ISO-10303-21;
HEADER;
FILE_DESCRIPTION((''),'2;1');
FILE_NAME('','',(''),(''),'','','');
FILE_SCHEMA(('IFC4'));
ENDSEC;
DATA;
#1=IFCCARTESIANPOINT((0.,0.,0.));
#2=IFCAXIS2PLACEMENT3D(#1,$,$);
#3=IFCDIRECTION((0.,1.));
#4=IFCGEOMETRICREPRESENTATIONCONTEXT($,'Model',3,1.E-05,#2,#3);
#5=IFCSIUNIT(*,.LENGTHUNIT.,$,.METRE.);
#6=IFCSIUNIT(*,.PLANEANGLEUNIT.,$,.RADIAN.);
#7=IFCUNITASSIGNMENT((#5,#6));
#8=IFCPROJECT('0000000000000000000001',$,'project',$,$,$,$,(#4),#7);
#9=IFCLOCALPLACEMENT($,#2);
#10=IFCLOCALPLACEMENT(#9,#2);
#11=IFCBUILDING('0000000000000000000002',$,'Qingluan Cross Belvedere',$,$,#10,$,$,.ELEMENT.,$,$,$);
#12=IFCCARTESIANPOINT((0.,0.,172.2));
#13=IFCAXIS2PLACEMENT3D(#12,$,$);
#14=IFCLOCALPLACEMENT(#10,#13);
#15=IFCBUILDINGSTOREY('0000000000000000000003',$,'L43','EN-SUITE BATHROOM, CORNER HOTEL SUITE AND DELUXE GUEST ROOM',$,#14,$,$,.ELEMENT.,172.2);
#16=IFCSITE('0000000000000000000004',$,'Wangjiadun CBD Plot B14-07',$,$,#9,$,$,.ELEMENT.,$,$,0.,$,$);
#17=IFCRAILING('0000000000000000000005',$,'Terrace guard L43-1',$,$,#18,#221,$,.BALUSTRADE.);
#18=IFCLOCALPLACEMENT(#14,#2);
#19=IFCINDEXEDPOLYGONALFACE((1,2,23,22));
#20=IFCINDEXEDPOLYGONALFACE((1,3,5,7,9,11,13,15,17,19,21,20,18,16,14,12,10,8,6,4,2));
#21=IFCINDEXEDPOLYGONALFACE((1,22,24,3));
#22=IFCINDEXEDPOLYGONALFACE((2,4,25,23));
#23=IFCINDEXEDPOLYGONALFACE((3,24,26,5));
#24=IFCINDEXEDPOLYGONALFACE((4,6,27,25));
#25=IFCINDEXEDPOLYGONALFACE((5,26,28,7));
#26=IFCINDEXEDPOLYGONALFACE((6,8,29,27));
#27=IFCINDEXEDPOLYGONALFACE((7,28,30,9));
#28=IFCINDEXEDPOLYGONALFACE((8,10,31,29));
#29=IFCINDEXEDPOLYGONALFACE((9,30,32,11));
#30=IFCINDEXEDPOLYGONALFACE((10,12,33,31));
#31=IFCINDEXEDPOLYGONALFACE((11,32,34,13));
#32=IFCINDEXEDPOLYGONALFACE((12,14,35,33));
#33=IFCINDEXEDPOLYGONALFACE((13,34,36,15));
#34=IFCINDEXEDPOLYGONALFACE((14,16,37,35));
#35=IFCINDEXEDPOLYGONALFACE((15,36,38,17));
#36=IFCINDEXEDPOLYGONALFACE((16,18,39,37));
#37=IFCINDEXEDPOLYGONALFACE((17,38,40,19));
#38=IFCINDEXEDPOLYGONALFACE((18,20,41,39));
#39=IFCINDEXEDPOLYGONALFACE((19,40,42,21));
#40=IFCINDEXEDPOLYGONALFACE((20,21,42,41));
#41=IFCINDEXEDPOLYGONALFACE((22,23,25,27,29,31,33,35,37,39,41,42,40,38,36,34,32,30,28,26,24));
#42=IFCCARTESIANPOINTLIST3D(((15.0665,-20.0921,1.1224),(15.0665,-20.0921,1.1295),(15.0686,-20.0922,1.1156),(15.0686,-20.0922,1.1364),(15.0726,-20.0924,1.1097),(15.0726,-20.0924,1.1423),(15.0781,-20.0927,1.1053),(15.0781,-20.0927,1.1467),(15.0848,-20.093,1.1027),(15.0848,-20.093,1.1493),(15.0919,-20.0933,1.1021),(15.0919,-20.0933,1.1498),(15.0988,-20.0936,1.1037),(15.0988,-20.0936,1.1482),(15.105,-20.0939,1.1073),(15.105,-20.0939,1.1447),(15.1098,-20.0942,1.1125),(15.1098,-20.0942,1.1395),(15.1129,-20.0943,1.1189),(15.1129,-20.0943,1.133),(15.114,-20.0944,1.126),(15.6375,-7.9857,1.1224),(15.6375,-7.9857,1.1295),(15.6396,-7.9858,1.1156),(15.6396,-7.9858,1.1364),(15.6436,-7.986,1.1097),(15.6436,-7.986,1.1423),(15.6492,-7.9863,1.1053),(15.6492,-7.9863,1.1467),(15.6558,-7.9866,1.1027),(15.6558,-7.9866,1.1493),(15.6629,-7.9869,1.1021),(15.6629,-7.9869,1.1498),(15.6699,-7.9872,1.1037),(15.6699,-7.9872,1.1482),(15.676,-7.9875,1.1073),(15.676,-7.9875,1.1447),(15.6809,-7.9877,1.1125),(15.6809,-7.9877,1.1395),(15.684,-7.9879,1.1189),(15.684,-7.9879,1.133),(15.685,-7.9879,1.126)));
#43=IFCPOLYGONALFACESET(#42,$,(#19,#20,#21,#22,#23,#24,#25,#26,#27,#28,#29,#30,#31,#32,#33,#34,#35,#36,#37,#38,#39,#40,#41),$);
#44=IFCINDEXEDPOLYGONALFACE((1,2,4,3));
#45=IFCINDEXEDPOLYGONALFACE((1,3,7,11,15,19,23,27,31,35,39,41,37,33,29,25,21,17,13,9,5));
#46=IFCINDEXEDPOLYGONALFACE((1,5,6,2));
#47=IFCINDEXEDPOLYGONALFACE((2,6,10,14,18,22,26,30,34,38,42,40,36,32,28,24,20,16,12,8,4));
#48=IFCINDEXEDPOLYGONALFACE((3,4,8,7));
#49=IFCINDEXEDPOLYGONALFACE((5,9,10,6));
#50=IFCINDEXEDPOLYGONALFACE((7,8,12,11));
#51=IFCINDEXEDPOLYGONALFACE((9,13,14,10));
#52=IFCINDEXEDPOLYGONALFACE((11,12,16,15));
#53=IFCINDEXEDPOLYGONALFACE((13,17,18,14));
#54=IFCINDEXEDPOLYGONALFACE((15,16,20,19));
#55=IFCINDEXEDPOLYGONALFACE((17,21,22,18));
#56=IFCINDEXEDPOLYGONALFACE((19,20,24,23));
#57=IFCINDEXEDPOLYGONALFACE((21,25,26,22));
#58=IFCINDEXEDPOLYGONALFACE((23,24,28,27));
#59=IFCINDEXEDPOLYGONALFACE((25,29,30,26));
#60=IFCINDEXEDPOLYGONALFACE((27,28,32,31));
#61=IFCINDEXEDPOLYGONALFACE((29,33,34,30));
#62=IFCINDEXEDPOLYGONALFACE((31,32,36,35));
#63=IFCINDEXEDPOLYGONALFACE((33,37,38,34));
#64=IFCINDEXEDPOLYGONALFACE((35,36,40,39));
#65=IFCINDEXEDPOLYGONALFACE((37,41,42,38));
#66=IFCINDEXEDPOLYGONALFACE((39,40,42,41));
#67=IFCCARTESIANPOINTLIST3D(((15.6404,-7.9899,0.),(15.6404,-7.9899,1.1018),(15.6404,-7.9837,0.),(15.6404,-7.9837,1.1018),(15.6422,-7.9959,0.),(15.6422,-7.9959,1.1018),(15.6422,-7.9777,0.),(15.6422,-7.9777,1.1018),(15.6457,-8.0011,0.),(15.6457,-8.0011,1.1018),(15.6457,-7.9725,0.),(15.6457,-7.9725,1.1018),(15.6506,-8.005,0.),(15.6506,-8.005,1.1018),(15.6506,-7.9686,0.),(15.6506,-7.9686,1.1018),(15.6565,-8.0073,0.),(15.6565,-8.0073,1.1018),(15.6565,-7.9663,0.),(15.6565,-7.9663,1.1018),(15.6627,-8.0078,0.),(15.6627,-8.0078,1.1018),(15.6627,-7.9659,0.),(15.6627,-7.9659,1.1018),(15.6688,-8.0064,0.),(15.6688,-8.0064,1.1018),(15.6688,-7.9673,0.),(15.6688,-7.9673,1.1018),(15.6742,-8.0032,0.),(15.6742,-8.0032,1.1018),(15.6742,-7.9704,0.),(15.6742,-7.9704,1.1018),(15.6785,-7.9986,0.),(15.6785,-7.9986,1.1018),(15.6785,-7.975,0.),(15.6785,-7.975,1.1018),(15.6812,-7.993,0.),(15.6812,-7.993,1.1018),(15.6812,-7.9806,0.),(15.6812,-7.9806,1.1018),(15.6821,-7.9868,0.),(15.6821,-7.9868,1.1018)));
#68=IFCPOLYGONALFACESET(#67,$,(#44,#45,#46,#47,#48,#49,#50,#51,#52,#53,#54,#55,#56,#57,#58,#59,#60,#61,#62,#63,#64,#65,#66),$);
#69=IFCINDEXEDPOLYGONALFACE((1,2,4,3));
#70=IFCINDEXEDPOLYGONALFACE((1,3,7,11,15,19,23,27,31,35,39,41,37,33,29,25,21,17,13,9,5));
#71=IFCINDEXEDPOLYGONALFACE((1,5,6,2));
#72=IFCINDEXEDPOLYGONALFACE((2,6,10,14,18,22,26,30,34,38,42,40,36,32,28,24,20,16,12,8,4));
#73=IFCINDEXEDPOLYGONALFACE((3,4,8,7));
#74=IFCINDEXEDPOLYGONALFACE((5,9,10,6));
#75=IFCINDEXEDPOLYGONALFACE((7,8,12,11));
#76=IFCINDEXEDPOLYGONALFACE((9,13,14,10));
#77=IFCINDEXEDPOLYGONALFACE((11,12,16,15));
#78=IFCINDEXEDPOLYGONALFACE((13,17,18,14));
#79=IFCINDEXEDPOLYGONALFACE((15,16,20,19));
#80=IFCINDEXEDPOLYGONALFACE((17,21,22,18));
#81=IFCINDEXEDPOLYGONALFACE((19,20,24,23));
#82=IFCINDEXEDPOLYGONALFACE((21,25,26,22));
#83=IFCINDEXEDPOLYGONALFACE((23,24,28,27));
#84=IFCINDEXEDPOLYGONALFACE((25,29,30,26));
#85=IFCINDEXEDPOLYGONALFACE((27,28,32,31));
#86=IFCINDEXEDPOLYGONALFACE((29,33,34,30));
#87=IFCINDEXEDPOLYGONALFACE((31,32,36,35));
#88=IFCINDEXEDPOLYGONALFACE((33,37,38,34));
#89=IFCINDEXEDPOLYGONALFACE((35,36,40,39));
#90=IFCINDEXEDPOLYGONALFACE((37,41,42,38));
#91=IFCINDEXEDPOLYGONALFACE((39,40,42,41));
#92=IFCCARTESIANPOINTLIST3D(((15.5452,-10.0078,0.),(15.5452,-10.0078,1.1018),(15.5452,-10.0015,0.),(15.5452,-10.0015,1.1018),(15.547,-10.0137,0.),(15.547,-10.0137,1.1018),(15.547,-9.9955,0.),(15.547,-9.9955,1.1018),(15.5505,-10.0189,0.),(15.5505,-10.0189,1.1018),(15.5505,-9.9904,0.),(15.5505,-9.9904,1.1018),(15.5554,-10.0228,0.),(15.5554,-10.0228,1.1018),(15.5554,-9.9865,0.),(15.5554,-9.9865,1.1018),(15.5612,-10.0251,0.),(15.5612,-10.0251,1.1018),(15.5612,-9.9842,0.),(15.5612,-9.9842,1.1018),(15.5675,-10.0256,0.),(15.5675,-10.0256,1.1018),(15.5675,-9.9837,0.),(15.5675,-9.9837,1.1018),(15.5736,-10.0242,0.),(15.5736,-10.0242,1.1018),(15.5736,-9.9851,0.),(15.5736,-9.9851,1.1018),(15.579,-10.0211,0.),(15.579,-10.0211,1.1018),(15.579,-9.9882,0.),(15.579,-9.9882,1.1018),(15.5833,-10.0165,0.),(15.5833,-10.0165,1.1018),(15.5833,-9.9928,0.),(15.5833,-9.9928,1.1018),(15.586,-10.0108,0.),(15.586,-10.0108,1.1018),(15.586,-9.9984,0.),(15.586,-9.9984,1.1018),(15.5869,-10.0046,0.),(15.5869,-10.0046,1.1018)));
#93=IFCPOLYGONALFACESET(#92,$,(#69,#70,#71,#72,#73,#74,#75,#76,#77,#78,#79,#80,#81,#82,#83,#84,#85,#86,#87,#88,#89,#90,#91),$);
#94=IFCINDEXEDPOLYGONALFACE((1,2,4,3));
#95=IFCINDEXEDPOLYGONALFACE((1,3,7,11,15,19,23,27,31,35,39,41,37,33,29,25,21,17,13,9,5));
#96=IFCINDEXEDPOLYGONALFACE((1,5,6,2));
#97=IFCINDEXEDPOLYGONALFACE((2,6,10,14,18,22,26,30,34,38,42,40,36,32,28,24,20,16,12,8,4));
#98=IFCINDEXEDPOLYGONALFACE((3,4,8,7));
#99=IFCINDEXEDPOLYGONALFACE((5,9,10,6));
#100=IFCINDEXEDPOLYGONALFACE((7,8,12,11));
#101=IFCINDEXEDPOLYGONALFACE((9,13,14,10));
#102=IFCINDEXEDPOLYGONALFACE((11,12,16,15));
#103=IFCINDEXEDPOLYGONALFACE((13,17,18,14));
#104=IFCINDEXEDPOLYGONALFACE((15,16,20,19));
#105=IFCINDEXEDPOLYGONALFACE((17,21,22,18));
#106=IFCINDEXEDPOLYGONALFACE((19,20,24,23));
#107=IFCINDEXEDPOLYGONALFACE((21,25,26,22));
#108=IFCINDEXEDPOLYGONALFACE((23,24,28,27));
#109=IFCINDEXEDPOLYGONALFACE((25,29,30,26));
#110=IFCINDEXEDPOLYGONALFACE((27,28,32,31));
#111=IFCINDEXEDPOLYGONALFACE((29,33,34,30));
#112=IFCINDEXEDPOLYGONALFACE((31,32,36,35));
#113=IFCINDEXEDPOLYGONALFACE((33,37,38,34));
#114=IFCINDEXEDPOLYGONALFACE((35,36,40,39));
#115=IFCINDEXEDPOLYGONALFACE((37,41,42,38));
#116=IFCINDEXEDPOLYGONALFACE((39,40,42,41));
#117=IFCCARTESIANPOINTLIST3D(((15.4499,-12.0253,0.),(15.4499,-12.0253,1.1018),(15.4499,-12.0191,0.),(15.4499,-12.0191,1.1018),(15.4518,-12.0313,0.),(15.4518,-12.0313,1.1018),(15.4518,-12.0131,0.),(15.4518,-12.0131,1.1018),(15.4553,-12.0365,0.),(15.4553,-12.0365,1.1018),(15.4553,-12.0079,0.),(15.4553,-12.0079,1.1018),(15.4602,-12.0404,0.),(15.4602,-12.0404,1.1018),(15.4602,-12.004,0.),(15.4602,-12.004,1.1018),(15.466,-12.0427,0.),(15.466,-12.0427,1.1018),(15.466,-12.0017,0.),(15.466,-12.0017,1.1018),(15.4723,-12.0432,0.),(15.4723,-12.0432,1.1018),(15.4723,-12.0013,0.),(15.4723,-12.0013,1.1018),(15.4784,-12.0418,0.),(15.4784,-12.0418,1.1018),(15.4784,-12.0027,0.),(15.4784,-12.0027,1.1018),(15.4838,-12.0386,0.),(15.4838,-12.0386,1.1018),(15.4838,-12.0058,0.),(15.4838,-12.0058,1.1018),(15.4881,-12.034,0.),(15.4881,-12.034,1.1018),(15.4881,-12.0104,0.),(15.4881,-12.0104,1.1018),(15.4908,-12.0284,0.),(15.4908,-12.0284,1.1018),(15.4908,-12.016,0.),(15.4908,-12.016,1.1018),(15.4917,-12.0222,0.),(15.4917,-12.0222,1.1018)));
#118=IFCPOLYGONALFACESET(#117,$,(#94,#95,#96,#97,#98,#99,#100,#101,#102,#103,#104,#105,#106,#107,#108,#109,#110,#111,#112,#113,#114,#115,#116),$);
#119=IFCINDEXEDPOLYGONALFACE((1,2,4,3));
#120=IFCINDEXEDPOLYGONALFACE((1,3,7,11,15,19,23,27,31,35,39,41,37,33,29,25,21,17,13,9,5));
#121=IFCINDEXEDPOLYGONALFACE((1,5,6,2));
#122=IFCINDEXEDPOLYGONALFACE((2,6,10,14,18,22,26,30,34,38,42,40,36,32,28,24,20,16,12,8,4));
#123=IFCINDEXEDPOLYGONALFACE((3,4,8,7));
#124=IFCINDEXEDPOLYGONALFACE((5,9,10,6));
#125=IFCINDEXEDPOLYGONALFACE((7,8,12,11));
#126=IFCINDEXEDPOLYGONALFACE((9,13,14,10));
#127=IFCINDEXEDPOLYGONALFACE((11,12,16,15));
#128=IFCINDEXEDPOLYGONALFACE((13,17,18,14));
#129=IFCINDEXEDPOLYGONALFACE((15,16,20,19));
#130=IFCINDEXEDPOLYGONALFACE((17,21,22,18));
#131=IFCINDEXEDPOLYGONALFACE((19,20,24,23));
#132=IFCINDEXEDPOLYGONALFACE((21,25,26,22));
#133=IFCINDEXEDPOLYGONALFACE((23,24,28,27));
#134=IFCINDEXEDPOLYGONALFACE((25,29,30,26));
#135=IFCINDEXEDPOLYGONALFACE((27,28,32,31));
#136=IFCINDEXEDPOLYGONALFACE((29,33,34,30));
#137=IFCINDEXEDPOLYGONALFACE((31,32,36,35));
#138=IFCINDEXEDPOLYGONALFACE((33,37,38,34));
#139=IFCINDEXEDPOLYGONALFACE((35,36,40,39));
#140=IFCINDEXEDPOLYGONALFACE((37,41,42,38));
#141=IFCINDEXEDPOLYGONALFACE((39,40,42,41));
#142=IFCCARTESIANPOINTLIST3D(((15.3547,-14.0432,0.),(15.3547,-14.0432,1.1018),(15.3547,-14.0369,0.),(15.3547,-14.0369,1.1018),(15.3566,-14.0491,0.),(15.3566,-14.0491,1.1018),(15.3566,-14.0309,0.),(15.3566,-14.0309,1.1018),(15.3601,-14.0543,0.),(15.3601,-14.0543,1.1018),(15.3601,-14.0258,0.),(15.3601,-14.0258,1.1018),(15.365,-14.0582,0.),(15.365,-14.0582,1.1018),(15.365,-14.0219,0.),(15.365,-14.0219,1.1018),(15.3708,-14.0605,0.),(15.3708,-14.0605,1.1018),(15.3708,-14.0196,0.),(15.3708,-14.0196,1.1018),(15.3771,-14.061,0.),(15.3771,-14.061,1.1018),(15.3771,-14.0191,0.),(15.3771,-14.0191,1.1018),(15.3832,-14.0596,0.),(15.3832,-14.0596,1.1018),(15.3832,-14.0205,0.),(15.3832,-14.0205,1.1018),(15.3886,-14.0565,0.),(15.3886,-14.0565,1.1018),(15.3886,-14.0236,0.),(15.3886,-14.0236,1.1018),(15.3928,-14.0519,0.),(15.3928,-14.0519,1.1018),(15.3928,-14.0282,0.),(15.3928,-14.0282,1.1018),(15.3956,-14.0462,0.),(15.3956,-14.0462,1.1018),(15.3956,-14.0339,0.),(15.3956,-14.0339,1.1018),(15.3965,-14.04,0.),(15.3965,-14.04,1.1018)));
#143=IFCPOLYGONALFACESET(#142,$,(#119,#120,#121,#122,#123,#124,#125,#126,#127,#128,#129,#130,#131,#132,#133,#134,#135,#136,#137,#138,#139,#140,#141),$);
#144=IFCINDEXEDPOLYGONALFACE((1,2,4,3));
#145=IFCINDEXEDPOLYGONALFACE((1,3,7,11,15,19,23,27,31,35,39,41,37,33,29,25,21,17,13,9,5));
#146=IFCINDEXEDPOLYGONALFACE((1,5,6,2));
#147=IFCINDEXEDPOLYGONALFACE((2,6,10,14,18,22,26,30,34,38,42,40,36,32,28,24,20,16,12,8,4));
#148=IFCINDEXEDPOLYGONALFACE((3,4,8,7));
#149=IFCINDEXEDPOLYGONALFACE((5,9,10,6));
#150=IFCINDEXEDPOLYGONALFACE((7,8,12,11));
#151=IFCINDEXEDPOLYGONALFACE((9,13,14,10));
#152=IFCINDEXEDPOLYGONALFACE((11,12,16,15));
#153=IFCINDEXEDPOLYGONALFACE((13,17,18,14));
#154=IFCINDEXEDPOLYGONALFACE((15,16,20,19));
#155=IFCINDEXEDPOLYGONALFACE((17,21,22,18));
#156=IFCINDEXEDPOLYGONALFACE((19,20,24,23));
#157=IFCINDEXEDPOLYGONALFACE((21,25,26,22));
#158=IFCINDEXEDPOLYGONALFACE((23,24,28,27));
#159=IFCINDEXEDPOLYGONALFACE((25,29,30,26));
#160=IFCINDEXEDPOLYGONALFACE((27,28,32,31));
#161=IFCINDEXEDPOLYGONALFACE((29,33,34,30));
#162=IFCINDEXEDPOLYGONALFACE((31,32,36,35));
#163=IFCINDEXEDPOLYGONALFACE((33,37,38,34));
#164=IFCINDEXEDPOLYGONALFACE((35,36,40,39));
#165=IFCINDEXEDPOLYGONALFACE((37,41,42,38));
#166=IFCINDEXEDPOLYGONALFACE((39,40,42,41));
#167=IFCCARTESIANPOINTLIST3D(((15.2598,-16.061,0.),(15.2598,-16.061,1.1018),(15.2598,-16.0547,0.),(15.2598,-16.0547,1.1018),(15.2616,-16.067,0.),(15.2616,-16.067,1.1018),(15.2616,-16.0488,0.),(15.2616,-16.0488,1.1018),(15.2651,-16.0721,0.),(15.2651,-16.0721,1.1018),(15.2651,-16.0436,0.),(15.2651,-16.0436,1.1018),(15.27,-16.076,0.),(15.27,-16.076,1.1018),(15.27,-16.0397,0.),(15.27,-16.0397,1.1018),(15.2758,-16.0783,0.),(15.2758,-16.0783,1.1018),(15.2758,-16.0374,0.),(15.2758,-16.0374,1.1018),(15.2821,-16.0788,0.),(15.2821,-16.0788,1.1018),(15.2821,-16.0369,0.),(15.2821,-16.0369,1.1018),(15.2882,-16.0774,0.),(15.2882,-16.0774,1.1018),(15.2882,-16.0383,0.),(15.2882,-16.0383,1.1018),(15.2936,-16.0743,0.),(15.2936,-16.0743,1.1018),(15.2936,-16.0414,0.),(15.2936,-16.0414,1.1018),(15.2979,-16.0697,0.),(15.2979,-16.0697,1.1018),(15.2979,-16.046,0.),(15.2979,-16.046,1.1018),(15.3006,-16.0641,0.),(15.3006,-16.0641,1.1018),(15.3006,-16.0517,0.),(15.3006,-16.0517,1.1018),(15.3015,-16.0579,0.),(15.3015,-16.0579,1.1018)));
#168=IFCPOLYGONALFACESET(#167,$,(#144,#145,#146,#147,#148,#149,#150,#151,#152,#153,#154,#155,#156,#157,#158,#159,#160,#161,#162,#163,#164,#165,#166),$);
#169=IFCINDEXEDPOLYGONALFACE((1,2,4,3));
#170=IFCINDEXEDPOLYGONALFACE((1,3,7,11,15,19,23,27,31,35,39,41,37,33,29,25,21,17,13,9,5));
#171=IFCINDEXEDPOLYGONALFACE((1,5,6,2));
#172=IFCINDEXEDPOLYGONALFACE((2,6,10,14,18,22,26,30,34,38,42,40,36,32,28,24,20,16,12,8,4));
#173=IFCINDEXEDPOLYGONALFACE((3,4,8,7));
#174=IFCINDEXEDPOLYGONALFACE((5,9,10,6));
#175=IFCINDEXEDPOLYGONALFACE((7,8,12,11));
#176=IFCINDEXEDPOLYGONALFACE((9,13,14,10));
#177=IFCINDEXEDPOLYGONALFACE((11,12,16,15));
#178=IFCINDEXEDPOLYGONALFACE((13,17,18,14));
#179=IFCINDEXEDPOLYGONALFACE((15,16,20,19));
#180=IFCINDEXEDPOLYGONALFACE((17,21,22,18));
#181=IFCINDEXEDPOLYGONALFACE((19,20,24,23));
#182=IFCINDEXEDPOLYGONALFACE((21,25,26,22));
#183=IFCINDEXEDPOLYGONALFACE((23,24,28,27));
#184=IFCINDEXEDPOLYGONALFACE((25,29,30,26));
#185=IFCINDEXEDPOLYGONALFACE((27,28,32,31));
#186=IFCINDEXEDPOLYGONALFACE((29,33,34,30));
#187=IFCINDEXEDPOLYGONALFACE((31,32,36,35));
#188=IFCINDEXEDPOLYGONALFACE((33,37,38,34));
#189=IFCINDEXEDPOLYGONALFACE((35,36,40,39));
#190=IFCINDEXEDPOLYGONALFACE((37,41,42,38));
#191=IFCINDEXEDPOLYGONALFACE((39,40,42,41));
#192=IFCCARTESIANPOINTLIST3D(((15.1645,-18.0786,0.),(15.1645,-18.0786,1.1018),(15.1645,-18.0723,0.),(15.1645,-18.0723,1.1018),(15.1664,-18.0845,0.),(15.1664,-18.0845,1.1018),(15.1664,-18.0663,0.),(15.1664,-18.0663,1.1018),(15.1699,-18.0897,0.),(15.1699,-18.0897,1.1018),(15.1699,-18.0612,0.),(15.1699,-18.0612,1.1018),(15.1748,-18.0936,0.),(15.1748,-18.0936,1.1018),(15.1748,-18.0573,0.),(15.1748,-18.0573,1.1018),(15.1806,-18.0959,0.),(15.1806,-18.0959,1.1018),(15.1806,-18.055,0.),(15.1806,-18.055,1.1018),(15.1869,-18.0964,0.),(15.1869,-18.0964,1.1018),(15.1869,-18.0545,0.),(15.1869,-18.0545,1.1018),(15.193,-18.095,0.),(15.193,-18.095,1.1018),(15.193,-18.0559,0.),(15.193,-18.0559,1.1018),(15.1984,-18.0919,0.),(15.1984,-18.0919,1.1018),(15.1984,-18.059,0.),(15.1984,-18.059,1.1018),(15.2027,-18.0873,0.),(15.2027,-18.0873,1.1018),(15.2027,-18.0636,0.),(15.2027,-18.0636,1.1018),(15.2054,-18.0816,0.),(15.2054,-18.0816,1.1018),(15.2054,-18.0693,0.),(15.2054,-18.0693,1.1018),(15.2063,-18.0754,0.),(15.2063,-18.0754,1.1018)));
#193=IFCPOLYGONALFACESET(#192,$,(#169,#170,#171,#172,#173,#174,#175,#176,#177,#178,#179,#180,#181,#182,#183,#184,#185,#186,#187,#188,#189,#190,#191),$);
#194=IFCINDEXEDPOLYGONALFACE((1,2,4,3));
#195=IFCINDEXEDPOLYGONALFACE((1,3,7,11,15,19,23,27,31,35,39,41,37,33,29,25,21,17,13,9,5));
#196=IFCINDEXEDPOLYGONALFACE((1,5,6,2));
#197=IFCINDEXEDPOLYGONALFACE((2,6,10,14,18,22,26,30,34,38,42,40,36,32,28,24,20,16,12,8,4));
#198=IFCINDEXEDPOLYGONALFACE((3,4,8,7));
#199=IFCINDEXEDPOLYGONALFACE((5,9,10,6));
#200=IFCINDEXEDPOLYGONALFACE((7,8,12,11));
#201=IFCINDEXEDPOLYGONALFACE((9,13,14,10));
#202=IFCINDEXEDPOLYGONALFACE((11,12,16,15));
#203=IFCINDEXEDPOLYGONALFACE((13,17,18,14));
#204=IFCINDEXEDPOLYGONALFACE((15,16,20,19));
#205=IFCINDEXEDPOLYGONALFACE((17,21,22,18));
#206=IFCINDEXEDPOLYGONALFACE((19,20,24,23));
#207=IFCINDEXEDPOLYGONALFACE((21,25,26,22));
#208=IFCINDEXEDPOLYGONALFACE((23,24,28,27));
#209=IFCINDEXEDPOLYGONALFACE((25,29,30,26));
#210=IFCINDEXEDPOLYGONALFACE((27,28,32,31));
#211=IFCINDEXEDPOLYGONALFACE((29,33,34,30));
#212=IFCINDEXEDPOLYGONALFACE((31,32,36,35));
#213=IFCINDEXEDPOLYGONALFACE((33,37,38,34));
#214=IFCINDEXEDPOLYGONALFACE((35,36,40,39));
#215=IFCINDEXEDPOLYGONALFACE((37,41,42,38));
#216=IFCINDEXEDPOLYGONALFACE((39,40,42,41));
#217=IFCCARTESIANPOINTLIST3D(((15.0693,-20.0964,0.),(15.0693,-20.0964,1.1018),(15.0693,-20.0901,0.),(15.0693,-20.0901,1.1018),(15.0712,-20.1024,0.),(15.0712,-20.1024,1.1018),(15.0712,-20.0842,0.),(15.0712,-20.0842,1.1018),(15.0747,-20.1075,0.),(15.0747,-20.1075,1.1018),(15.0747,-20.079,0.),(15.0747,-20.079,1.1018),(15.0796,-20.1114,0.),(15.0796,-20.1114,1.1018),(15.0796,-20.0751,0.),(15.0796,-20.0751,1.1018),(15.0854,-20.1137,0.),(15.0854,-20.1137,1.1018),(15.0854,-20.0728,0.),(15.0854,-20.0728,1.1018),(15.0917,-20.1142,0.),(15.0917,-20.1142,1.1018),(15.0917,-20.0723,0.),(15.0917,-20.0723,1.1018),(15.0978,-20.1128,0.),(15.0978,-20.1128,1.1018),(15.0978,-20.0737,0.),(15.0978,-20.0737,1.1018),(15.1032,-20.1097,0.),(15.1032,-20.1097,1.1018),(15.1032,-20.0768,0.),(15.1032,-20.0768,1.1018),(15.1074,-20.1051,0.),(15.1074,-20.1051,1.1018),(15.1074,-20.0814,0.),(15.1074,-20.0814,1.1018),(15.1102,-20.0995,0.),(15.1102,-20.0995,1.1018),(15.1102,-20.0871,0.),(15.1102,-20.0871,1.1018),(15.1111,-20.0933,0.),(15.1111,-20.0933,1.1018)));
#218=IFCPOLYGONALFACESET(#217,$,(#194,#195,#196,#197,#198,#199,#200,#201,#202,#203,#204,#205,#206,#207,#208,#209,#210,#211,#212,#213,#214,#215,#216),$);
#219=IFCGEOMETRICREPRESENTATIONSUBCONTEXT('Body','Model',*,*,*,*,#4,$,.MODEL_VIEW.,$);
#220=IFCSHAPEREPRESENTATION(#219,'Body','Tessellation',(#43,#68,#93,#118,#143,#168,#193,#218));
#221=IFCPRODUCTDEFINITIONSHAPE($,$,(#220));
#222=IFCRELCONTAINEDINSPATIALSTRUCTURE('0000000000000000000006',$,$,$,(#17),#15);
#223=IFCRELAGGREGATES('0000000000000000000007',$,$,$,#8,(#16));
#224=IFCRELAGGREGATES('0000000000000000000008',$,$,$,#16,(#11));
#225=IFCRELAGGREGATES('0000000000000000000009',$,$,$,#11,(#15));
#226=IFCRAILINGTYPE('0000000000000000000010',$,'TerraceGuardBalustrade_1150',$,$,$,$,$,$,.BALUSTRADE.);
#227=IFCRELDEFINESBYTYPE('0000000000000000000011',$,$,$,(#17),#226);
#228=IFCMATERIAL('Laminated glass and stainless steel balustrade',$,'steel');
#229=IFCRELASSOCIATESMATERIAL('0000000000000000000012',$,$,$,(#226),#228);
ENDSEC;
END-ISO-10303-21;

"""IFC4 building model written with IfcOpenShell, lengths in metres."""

from ifc_helpers import new_model, si_unit, direction, frame, origin, origin_2d, place, context, subcontext, project, spatial, circle, extrude, material, type_object, element, save


model = new_model("IFC4")

# Units and contexts
model_context = context("Model", 3, precision=1e-05, world=origin(), true_north=direction((0.0, 1.0)))
body_context = subcontext(model_context, "Body", "Model", "MODEL_VIEW")
ifc_project = project(units=[si_unit("LENGTHUNIT", "METRE"), si_unit("PLANEANGLEUNIT", "RADIAN")], contexts=[model_context])

# Site, building, storey
site_placement = place(None, origin())
site = spatial("IfcSite", under=ifc_project, at=site_placement, Name="Wangjiadun CBD Plot B14-07", CompositionType="ELEMENT", RefElevation=0.0)
building_placement = place(site_placement, origin())
building = spatial("IfcBuilding", under=site, at=building_placement, Name="Qingluan Cross Belvedere", CompositionType="ELEMENT")
storey_placement = place(building_placement, frame((0.0, 0.0, 172.2)))
storey = spatial("IfcBuildingStorey", under=building, at=storey_placement, Name="L43", Description="EN-SUITE BATHROOM, CORNER HOTEL SUITE AND DELUXE GUEST ROOM", CompositionType="ELEMENT", Elevation=172.2)

# Railing
ifc_material_1 = material(Name="Laminated glass and stainless steel balustrade", Category="steel")
railing_type = type_object("IfcRailingType", Name="TerraceGuardBalustrade_1150", PredefinedType="BALUSTRADE", material=ifc_material_1)
railing_placement = place(storey_placement, frame((15.6611, -7.9868, 0.0)))
element("IfcRailing", 1, at=railing_placement, inside=storey, type_object=railing_type, Name="Terrace guard L43-1", PredefinedType="BALUSTRADE", context=body_context, shape_type="SweptSolid", body=[
    extrude(circle(Radius=0.0239, at=origin_2d()), frame((0.0, 0.0, 1.126), z_axis=(-0.047116, -0.998889, 0.0), x_axis=(0.998889, -0.047116, 0.0)), (0.0, 0.0, 1.0), 12.1199),
    extrude(circle(Radius=0.021, at=origin_2d()), origin(), (0.0, 0.0, 1.0), 1.1018),
    extrude(circle(Radius=0.021, at=origin_2d()), frame((-0.0952, -2.0178, 0.0)), (0.0, 0.0, 1.0), 1.1018),
    extrude(circle(Radius=0.021, at=origin_2d()), frame((-0.1904, -4.0354, 0.0)), (0.0, 0.0, 1.0), 1.1018),
    extrude(circle(Radius=0.021, at=origin_2d()), frame((-0.2856, -6.0532, 0.0)), (0.0, 0.0, 1.0), 1.1018),
    extrude(circle(Radius=0.021, at=origin_2d()), frame((-0.3806, -8.071, 0.0)), (0.0, 0.0, 1.0), 1.1018),
    extrude(circle(Radius=0.021, at=origin_2d()), frame((-0.4758, -10.0886, 0.0)), (0.0, 0.0, 1.0), 1.1018),
    extrude(circle(Radius=0.021, at=origin_2d()), frame((-0.571, -12.1064, 0.0)), (0.0, 0.0, 1.0), 1.1018),
])

save(model, "model.ifc")
